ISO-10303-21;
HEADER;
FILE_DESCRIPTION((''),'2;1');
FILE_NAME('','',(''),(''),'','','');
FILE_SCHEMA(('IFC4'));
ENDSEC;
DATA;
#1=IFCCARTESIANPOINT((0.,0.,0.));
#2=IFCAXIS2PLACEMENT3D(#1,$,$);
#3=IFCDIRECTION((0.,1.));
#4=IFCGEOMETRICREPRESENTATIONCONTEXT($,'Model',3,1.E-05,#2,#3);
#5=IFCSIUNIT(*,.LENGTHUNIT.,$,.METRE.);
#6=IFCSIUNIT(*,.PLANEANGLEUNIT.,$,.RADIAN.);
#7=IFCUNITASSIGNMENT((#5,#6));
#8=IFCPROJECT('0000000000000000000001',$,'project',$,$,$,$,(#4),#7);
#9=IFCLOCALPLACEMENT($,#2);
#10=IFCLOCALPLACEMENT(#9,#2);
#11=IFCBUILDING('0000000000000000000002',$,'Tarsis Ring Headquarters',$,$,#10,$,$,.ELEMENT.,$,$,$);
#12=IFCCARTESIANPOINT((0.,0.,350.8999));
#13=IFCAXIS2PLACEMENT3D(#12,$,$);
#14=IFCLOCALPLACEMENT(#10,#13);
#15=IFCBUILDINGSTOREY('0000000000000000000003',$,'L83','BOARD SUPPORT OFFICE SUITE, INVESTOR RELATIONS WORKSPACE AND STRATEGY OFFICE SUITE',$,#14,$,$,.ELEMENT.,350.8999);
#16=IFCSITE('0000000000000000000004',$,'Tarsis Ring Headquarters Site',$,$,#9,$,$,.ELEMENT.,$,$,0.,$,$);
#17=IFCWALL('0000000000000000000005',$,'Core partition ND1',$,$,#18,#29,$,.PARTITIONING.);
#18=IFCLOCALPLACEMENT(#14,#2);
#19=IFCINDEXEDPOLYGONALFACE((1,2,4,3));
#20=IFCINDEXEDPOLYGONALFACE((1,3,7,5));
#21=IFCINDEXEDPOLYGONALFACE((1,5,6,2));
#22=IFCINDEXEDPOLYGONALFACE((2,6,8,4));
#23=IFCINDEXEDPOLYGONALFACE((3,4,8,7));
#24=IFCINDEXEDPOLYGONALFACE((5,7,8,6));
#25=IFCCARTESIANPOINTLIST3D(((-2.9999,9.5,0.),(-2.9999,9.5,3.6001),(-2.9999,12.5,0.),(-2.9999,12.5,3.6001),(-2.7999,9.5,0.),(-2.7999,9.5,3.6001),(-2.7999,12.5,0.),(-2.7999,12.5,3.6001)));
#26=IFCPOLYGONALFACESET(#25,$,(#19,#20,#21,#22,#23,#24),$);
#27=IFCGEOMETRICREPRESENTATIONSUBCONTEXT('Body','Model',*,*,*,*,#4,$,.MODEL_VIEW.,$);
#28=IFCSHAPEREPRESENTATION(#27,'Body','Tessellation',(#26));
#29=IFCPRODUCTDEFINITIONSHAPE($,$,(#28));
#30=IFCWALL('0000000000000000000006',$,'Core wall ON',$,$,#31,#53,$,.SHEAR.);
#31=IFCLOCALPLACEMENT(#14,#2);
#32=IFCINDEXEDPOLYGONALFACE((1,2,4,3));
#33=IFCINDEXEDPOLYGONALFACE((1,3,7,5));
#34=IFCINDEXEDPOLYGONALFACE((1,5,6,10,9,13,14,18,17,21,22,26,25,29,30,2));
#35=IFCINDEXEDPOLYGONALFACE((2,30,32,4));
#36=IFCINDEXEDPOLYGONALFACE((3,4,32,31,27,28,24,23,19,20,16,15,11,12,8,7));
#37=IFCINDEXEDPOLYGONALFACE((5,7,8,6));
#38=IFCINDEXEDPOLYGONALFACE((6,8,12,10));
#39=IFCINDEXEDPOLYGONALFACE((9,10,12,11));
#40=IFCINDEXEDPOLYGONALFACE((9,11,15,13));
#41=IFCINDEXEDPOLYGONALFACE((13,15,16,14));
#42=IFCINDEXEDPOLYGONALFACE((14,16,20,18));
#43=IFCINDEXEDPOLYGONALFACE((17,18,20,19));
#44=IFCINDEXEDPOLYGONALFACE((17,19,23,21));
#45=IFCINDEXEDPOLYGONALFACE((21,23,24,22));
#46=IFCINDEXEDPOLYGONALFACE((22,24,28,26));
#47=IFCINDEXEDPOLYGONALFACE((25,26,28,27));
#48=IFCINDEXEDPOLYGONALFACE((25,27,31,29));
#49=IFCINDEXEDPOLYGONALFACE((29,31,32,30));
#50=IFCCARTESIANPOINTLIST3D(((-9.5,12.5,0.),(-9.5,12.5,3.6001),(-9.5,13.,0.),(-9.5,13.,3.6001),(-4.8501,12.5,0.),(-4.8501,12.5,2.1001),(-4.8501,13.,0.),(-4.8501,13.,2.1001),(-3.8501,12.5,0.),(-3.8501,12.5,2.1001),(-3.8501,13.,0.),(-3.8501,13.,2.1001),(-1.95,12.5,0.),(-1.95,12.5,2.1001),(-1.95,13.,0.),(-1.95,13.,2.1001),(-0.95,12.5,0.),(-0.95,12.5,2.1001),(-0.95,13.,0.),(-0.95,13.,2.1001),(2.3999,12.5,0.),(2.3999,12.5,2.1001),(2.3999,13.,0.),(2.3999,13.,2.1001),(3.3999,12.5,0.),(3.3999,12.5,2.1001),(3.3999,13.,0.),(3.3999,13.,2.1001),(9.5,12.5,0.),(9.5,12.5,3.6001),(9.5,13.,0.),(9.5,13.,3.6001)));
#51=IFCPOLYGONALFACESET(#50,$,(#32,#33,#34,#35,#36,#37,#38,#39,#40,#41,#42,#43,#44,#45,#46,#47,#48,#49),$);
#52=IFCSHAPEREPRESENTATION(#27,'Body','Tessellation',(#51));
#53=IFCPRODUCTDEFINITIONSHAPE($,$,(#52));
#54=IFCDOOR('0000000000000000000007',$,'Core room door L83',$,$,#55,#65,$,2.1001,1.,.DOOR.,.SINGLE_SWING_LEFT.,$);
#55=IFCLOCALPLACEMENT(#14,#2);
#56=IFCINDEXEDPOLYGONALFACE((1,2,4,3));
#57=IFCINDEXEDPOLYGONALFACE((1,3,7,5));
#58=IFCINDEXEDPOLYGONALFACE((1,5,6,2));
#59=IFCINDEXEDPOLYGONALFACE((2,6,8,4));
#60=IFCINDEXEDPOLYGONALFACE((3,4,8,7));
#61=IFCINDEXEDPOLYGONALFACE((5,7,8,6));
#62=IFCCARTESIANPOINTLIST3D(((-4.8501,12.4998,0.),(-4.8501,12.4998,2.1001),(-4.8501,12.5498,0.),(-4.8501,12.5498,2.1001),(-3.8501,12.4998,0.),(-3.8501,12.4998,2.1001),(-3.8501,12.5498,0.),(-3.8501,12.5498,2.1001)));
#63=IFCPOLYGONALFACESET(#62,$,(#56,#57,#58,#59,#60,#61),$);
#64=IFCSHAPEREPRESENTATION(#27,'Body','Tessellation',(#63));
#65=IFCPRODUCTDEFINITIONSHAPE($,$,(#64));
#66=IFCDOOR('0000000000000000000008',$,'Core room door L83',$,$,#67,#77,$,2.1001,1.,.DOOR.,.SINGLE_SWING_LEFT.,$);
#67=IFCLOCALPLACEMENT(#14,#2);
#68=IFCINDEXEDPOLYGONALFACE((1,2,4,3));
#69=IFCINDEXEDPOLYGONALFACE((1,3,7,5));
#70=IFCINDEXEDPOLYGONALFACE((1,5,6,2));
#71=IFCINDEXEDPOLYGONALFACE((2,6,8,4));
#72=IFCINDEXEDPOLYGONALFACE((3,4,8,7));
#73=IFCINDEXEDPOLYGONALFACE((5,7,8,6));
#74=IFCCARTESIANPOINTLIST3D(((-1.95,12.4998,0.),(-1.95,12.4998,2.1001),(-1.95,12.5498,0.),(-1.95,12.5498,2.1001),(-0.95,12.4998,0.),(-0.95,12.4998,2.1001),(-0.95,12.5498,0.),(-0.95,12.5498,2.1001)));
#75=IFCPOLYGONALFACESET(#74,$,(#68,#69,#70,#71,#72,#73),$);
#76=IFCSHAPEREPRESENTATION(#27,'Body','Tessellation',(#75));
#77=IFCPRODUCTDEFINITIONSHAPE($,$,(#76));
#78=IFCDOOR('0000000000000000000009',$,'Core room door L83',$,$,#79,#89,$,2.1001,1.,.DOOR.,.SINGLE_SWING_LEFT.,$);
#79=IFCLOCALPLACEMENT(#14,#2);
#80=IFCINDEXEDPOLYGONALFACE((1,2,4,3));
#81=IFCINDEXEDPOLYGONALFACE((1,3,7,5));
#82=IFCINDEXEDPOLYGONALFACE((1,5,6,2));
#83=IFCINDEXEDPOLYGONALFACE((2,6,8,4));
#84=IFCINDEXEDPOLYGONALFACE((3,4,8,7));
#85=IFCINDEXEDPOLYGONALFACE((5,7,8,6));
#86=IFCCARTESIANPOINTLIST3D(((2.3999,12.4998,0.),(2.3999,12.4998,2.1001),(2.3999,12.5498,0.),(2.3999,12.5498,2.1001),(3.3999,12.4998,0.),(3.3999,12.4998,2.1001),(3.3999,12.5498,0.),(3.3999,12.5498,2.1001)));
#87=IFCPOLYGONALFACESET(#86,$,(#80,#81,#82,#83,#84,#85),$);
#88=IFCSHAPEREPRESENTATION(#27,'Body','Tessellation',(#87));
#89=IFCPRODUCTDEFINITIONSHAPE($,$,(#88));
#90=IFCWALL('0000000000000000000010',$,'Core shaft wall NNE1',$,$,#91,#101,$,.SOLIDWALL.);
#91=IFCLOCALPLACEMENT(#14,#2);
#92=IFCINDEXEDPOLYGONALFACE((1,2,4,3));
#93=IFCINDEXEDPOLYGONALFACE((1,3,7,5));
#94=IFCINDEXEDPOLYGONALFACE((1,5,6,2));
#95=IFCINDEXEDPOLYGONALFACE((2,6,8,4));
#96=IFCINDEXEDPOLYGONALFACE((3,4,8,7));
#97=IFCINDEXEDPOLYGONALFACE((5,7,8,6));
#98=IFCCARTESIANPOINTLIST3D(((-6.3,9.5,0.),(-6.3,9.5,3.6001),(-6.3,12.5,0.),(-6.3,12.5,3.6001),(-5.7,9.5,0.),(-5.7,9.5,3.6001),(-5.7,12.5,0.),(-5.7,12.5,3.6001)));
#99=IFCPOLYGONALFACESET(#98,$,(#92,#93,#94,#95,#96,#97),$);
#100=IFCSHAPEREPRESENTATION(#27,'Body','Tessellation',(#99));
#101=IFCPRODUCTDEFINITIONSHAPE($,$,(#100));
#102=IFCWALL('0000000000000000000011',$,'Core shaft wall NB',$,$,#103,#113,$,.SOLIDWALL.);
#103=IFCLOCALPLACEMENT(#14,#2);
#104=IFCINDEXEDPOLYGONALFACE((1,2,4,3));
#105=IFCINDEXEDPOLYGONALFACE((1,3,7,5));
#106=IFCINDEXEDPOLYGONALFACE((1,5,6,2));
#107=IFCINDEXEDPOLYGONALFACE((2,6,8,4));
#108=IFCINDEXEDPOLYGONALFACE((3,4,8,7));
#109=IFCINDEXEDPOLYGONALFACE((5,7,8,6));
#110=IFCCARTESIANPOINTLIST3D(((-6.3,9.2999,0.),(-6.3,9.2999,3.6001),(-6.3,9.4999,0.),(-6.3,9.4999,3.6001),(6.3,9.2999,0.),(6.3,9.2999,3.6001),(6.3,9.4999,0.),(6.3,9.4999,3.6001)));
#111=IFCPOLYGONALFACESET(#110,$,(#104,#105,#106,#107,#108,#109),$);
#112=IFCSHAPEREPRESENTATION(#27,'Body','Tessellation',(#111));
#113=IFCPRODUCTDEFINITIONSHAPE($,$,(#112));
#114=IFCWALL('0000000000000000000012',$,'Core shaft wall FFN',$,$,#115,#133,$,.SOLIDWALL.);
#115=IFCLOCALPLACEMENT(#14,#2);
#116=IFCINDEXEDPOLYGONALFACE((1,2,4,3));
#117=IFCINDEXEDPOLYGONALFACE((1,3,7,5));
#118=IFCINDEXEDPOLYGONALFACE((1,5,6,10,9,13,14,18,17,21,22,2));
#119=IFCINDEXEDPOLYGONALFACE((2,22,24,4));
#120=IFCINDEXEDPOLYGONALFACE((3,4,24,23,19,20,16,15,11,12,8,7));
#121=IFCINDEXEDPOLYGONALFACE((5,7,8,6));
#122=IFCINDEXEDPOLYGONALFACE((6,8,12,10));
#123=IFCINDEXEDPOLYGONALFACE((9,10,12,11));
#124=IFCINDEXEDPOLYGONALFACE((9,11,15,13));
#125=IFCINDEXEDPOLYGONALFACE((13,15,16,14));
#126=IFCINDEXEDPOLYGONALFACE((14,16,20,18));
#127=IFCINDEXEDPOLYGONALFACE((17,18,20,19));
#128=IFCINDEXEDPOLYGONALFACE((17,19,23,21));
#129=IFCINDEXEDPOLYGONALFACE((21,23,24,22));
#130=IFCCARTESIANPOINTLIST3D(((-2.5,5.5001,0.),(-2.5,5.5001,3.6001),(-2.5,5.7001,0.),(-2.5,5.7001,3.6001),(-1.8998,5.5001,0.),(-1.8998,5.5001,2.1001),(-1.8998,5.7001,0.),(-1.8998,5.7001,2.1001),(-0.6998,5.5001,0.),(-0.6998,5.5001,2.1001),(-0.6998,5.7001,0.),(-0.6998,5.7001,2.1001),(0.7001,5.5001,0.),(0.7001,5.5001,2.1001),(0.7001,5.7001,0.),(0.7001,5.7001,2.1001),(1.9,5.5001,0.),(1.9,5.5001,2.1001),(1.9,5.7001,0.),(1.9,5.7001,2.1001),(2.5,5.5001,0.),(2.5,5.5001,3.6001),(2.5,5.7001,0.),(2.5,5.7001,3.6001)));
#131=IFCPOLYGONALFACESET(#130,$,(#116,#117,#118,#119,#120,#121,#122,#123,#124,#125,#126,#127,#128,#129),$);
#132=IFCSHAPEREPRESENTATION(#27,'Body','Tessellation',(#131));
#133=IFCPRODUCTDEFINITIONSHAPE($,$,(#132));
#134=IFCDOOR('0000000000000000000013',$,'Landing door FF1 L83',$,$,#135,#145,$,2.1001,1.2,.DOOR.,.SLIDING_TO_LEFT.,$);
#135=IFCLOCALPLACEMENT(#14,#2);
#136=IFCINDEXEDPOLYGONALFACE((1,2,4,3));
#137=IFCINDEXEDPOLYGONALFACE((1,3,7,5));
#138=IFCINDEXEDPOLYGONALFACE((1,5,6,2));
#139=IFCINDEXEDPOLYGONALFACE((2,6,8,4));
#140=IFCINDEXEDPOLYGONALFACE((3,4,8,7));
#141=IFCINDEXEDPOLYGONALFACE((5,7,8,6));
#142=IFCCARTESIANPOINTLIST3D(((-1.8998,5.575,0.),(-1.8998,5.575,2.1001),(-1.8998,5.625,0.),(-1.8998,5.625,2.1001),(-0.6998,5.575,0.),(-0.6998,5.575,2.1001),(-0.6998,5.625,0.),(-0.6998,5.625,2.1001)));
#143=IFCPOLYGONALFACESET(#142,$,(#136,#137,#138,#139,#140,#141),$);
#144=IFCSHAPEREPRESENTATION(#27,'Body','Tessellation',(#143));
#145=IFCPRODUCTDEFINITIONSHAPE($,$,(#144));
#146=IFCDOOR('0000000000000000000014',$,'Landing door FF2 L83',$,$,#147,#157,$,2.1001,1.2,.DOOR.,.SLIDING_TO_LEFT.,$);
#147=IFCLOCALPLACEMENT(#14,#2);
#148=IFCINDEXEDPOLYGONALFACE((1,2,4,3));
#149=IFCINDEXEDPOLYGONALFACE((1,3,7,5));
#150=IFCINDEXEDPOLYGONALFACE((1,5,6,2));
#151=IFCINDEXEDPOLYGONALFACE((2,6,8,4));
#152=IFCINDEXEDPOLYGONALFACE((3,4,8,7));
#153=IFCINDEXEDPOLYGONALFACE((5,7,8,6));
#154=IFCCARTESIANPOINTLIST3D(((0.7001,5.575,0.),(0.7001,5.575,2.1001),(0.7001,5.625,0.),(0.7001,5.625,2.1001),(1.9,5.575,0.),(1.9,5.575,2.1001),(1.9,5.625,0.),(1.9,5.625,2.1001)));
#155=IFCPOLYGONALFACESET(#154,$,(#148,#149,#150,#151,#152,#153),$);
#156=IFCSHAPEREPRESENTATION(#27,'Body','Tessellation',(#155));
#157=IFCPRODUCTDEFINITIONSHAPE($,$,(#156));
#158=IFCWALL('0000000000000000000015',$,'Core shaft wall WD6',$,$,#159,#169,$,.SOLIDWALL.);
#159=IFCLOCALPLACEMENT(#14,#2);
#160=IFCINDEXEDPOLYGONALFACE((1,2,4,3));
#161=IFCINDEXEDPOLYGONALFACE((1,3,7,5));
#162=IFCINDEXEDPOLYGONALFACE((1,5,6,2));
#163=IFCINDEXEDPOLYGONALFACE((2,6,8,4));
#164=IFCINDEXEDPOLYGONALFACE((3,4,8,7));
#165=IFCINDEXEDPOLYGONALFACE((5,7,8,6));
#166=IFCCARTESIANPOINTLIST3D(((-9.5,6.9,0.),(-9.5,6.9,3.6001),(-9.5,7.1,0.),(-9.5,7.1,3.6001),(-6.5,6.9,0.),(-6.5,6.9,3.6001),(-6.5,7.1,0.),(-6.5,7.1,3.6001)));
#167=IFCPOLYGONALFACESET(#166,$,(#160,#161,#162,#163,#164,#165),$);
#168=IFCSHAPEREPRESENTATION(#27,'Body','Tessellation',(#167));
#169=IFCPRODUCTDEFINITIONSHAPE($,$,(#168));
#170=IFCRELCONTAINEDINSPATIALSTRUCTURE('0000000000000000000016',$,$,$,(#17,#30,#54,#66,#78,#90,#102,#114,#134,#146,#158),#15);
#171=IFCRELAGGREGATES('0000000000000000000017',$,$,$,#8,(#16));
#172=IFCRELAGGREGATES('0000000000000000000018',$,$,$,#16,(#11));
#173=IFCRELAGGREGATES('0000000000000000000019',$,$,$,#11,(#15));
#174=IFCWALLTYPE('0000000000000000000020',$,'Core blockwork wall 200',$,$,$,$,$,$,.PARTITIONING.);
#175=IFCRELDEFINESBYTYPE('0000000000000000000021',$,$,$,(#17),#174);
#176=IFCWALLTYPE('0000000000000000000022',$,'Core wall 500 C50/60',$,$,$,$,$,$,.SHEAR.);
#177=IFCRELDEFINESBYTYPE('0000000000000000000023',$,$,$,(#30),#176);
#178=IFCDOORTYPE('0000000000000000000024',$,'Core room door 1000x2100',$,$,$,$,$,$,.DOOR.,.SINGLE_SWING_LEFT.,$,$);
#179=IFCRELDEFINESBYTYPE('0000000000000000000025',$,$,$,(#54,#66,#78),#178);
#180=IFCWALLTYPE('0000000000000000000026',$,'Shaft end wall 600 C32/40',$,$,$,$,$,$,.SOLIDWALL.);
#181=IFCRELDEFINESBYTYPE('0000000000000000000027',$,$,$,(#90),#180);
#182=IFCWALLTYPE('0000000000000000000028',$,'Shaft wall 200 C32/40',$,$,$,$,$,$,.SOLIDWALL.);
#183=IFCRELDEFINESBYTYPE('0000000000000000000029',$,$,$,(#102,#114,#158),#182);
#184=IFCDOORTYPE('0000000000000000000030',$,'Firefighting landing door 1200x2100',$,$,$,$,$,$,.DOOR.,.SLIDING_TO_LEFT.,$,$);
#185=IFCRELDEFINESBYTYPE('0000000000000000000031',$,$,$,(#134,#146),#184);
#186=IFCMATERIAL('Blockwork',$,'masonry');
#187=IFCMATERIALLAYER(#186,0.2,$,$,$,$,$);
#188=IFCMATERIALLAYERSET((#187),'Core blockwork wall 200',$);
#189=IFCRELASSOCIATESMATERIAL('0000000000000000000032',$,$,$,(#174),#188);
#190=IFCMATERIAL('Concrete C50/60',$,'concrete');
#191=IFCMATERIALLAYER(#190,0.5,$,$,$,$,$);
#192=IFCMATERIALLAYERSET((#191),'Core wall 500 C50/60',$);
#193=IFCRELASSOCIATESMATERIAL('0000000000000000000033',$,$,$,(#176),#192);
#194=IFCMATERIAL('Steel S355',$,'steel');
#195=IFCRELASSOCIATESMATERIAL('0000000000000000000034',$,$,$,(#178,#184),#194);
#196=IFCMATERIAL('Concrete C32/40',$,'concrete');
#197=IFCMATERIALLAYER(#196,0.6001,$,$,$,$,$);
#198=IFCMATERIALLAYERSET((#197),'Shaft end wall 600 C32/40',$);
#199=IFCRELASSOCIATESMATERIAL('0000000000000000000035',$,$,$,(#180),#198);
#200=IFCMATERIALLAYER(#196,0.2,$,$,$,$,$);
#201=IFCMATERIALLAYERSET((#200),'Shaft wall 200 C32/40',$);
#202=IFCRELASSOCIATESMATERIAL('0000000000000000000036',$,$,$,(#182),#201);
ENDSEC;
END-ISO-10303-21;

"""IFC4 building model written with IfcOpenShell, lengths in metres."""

from ifc_helpers import new_model, si_unit, direction, frame, frame_2d, origin, place, context, subcontext, project, spatial, rectangle, extrude, material, layer, layer_set, type_object, element, fill, save


model = new_model("IFC4")

# Units and contexts
model_context = context("Model", 3, precision=1e-05, world=origin(), true_north=direction((0.0, 1.0)))
body_context = subcontext(model_context, "Body", "Model", "MODEL_VIEW")
ifc_project = project(units=[si_unit("LENGTHUNIT", "METRE"), si_unit("PLANEANGLEUNIT", "RADIAN")], contexts=[model_context])

# Site, building, storey
site_placement = place(None, origin())
site = spatial("IfcSite", under=ifc_project, at=site_placement, Name="Tarsis Ring Headquarters Site", CompositionType="ELEMENT", RefElevation=0.0)
building_placement = place(site_placement, origin())
building = spatial("IfcBuilding", under=site, at=building_placement, Name="Tarsis Ring Headquarters", CompositionType="ELEMENT")
storey_placement = place(building_placement, frame((0.0, 0.0, 350.8999)))
storey = spatial("IfcBuildingStorey", under=building, at=storey_placement, Name="L83", Description="BOARD SUPPORT OFFICE SUITE, INVESTOR RELATIONS WORKSPACE AND STRATEGY OFFICE SUITE", CompositionType="ELEMENT", Elevation=350.8999)

# Wall
ifc_material_1 = material(Name="Blockwork", Category="masonry")
ifc_layer_1 = layer(ifc_material_1, 0.2)
ifc_layer_set_1 = layer_set([ifc_layer_1], Name="Core blockwork wall 200")
wall_type_1 = type_object("IfcWallType", Name="Core blockwork wall 200", PredefinedType="PARTITIONING", material=ifc_layer_set_1)
wall_1_placement = place(storey_placement, frame((-2.8999, 9.5, 0.0), z_axis=(0.0, 0.0, 1.0), x_axis=(0.0, 1.0, 0.0)))
element("IfcWall", 1, at=wall_1_placement, inside=storey, type_object=wall_type_1, Name="Core partition ND1", PredefinedType="PARTITIONING", context=body_context, shape_type="SweptSolid", body=[
    extrude(rectangle(XDim=3.0, YDim=0.2, at=frame_2d((1.5, 0.0))), origin(), (0.0, 0.0, 1.0), 3.6001),
])

# Wall, openings, doors
ifc_material_2 = material(Name="Concrete C50/60", Category="concrete")
ifc_layer_2 = layer(ifc_material_2, 0.5)
ifc_layer_set_2 = layer_set([ifc_layer_2], Name="Core wall 500 C50/60")
wall_type_2 = type_object("IfcWallType", Name="Core wall 500 C50/60", PredefinedType="SHEAR", material=ifc_layer_set_2)
wall_2_placement = place(storey_placement, frame((-9.5, 12.75, 0.0), z_axis=(0.0, 0.0, 1.0), x_axis=(1.0, 0.0, 0.0)))
wall_2 = element("IfcWall", 2, at=wall_2_placement, inside=storey, type_object=wall_type_2, Name="Core wall ON", PredefinedType="SHEAR", context=body_context, shape_type="SweptSolid", body=[
    extrude(rectangle(XDim=19.0, YDim=0.5, at=frame_2d((9.5, 0.0))), origin(), (0.0, 0.0, 1.0), 3.6001),
])
opening_1_placement = place(wall_2_placement, frame((4.6499, 0.0, 0.0)))
opening_1 = element("IfcOpeningElement", 3, at=opening_1_placement, cuts=wall_2, PredefinedType="OPENING", context=body_context, shape_type="SweptSolid", body=[
    extrude(rectangle(XDim=1.0, YDim=2.1001, at=frame_2d((0.5, 1.05))), frame((0.0, 0.26, 0.0), z_axis=(0.0, -1.0, 0.0), x_axis=(1.0, 0.0, 0.0)), (0.0, 0.0, 1.0), 0.52),
])
opening_2_placement = place(wall_2_placement, frame((7.55, 0.0, 0.0)))
opening_2 = element("IfcOpeningElement", 4, at=opening_2_placement, cuts=wall_2, PredefinedType="OPENING", context=body_context, shape_type="SweptSolid", body=[
    extrude(rectangle(XDim=1.0, YDim=2.1001, at=frame_2d((0.5, 1.05))), frame((0.0, 0.26, 0.0), z_axis=(0.0, -1.0, 0.0), x_axis=(1.0, 0.0, 0.0)), (0.0, 0.0, 1.0), 0.52),
])
opening_3_placement = place(wall_2_placement, frame((11.8999, 0.0, 0.0)))
opening_3 = element("IfcOpeningElement", 5, at=opening_3_placement, cuts=wall_2, PredefinedType="OPENING", context=body_context, shape_type="SweptSolid", body=[
    extrude(rectangle(XDim=1.0, YDim=2.1001, at=frame_2d((0.5, 1.05))), frame((0.0, 0.26, 0.0), z_axis=(0.0, -1.0, 0.0), x_axis=(1.0, 0.0, 0.0)), (0.0, 0.0, 1.0), 0.52),
])
ifc_material_3 = material(Name="Steel S355", Category="steel")
door_type_1 = type_object("IfcDoorType", Name="Core room door 1000x2100", OperationType="SINGLE_SWING_LEFT", PredefinedType="DOOR", material=ifc_material_3)
door_1_placement = place(opening_1_placement, origin())
door_1 = element("IfcDoor", 6, at=door_1_placement, inside=storey, type_object=door_type_1, Name="Core room door L83", OperationType="SINGLE_SWING_LEFT", OverallHeight=2.1001, OverallWidth=1.0, PredefinedType="DOOR", context=body_context, shape_type="SweptSolid", body=[
    extrude(rectangle(XDim=1.0, YDim=2.1001, at=frame_2d((0.5, 1.05))), frame((0.0, -0.2002, 0.0), z_axis=(0.0, -1.0, 0.0), x_axis=(1.0, 0.0, 0.0)), (0.0, 0.0, 1.0), 0.05),
])
fill(opening_1, door_1)
door_2_placement = place(opening_2_placement, origin())
door_2 = element("IfcDoor", 7, at=door_2_placement, inside=storey, type_object=door_type_1, Name="Core room door L83", OperationType="SINGLE_SWING_LEFT", OverallHeight=2.1001, OverallWidth=1.0, PredefinedType="DOOR", context=body_context, shape_type="SweptSolid", body=[
    extrude(rectangle(XDim=1.0, YDim=2.1001, at=frame_2d((0.5, 1.05))), frame((0.0, -0.2002, 0.0), z_axis=(0.0, -1.0, 0.0), x_axis=(1.0, 0.0, 0.0)), (0.0, 0.0, 1.0), 0.05),
])
fill(opening_2, door_2)
door_3_placement = place(opening_3_placement, origin())
door_3 = element("IfcDoor", 8, at=door_3_placement, inside=storey, type_object=door_type_1, Name="Core room door L83", OperationType="SINGLE_SWING_LEFT", OverallHeight=2.1001, OverallWidth=1.0, PredefinedType="DOOR", context=body_context, shape_type="SweptSolid", body=[
    extrude(rectangle(XDim=1.0, YDim=2.1001, at=frame_2d((0.5, 1.05))), frame((0.0, -0.2002, 0.0), z_axis=(0.0, -1.0, 0.0), x_axis=(1.0, 0.0, 0.0)), (0.0, 0.0, 1.0), 0.05),
])
fill(opening_3, door_3)

# Walls
ifc_material_4 = material(Name="Concrete C32/40", Category="concrete")
ifc_layer_3 = layer(ifc_material_4, 0.6001)
ifc_layer_set_3 = layer_set([ifc_layer_3], Name="Shaft end wall 600 C32/40")
wall_type_3 = type_object("IfcWallType", Name="Shaft end wall 600 C32/40", PredefinedType="SOLIDWALL", material=ifc_layer_set_3)
wall_3_placement = place(storey_placement, frame((-6.0, 9.5, 0.0), z_axis=(0.0, 0.0, 1.0), x_axis=(0.0, 1.0, 0.0)))
element("IfcWall", 9, at=wall_3_placement, inside=storey, type_object=wall_type_3, Name="Core shaft wall NNE1", PredefinedType="SOLIDWALL", context=body_context, shape_type="SweptSolid", body=[
    extrude(rectangle(XDim=3.0, YDim=0.6001, at=frame_2d((1.5, 0.0))), origin(), (0.0, 0.0, 1.0), 3.6001),
])
ifc_layer_4 = layer(ifc_material_4, 0.2)
ifc_layer_set_4 = layer_set([ifc_layer_4], Name="Shaft wall 200 C32/40")
wall_type_4 = type_object("IfcWallType", Name="Shaft wall 200 C32/40", PredefinedType="SOLIDWALL", material=ifc_layer_set_4)
wall_4_placement = place(storey_placement, frame((-6.3, 9.3999, 0.0), z_axis=(0.0, 0.0, 1.0), x_axis=(1.0, 0.0, 0.0)))
element("IfcWall", 10, at=wall_4_placement, inside=storey, type_object=wall_type_4, Name="Core shaft wall NB", PredefinedType="SOLIDWALL", context=body_context, shape_type="SweptSolid", body=[
    extrude(rectangle(XDim=12.6001, YDim=0.2, at=frame_2d((6.3, 0.0))), origin(), (0.0, 0.0, 1.0), 3.6001),
])

# Wall, openings, doors
wall_5_placement = place(storey_placement, frame((-2.5, 5.6001, 0.0), z_axis=(0.0, 0.0, 1.0), x_axis=(1.0, 0.0, 0.0)))
wall_5 = element("IfcWall", 11, at=wall_5_placement, inside=storey, type_object=wall_type_4, Name="Core shaft wall FFN", PredefinedType="SOLIDWALL", context=body_context, shape_type="SweptSolid", body=[
    extrude(rectangle(XDim=5.0, YDim=0.2, at=frame_2d((2.5, 0.0))), origin(), (0.0, 0.0, 1.0), 3.6001),
])
opening_4_placement = place(wall_5_placement, frame((0.6001, 0.0, 0.0)))
opening_4 = element("IfcOpeningElement", 12, at=opening_4_placement, cuts=wall_5, PredefinedType="OPENING", context=body_context, shape_type="SweptSolid", body=[
    extrude(rectangle(XDim=1.2, YDim=2.1001, at=frame_2d((0.6001, 1.05))), frame((0.0, 0.1099, 0.0), z_axis=(0.0, -1.0, 0.0), x_axis=(1.0, 0.0, 0.0)), (0.0, 0.0, 1.0), 0.22),
])
opening_5_placement = place(wall_5_placement, frame((3.2, 0.0, 0.0)))
opening_5 = element("IfcOpeningElement", 13, at=opening_5_placement, cuts=wall_5, PredefinedType="OPENING", context=body_context, shape_type="SweptSolid", body=[
    extrude(rectangle(XDim=1.2, YDim=2.1001, at=frame_2d((0.6001, 1.05))), frame((0.0, 0.1099, 0.0), z_axis=(0.0, -1.0, 0.0), x_axis=(1.0, 0.0, 0.0)), (0.0, 0.0, 1.0), 0.22),
])
door_type_2 = type_object("IfcDoorType", Name="Firefighting landing door 1200x2100", OperationType="SLIDING_TO_LEFT", PredefinedType="DOOR", material=ifc_material_3)
door_4_placement = place(opening_4_placement, origin())
door_4 = element("IfcDoor", 14, at=door_4_placement, inside=storey, type_object=door_type_2, Name="Landing door FF1 L83", OperationType="SLIDING_TO_LEFT", OverallHeight=2.1001, OverallWidth=1.2, PredefinedType="DOOR", context=body_context, shape_type="SweptSolid", body=[
    extrude(rectangle(XDim=1.2, YDim=2.1001, at=frame_2d((0.6001, 1.05))), frame((0.0, 0.0249, 0.0), z_axis=(0.0, -1.0, 0.0), x_axis=(1.0, 0.0, 0.0)), (0.0, 0.0, 1.0), 0.05),
])
fill(opening_4, door_4)
door_5_placement = place(opening_5_placement, origin())
door_5 = element("IfcDoor", 15, at=door_5_placement, inside=storey, type_object=door_type_2, Name="Landing door FF2 L83", OperationType="SLIDING_TO_LEFT", OverallHeight=2.1001, OverallWidth=1.2, PredefinedType="DOOR", context=body_context, shape_type="SweptSolid", body=[
    extrude(rectangle(XDim=1.2, YDim=2.1001, at=frame_2d((0.6001, 1.05))), frame((0.0, 0.0249, 0.0), z_axis=(0.0, -1.0, 0.0), x_axis=(1.0, 0.0, 0.0)), (0.0, 0.0, 1.0), 0.05),
])
fill(opening_5, door_5)

# Wall
wall_6_placement = place(storey_placement, frame((-9.5, 7.0, 0.0), z_axis=(0.0, 0.0, 1.0), x_axis=(1.0, 0.0, 0.0)))
element("IfcWall", 16, at=wall_6_placement, inside=storey, type_object=wall_type_4, Name="Core shaft wall WD6", PredefinedType="SOLIDWALL", context=body_context, shape_type="SweptSolid", body=[
    extrude(rectangle(XDim=3.0, YDim=0.2, at=frame_2d((1.5, 0.0))), origin(), (0.0, 0.0, 1.0), 3.6001),
])

save(model, "model.ifc")
